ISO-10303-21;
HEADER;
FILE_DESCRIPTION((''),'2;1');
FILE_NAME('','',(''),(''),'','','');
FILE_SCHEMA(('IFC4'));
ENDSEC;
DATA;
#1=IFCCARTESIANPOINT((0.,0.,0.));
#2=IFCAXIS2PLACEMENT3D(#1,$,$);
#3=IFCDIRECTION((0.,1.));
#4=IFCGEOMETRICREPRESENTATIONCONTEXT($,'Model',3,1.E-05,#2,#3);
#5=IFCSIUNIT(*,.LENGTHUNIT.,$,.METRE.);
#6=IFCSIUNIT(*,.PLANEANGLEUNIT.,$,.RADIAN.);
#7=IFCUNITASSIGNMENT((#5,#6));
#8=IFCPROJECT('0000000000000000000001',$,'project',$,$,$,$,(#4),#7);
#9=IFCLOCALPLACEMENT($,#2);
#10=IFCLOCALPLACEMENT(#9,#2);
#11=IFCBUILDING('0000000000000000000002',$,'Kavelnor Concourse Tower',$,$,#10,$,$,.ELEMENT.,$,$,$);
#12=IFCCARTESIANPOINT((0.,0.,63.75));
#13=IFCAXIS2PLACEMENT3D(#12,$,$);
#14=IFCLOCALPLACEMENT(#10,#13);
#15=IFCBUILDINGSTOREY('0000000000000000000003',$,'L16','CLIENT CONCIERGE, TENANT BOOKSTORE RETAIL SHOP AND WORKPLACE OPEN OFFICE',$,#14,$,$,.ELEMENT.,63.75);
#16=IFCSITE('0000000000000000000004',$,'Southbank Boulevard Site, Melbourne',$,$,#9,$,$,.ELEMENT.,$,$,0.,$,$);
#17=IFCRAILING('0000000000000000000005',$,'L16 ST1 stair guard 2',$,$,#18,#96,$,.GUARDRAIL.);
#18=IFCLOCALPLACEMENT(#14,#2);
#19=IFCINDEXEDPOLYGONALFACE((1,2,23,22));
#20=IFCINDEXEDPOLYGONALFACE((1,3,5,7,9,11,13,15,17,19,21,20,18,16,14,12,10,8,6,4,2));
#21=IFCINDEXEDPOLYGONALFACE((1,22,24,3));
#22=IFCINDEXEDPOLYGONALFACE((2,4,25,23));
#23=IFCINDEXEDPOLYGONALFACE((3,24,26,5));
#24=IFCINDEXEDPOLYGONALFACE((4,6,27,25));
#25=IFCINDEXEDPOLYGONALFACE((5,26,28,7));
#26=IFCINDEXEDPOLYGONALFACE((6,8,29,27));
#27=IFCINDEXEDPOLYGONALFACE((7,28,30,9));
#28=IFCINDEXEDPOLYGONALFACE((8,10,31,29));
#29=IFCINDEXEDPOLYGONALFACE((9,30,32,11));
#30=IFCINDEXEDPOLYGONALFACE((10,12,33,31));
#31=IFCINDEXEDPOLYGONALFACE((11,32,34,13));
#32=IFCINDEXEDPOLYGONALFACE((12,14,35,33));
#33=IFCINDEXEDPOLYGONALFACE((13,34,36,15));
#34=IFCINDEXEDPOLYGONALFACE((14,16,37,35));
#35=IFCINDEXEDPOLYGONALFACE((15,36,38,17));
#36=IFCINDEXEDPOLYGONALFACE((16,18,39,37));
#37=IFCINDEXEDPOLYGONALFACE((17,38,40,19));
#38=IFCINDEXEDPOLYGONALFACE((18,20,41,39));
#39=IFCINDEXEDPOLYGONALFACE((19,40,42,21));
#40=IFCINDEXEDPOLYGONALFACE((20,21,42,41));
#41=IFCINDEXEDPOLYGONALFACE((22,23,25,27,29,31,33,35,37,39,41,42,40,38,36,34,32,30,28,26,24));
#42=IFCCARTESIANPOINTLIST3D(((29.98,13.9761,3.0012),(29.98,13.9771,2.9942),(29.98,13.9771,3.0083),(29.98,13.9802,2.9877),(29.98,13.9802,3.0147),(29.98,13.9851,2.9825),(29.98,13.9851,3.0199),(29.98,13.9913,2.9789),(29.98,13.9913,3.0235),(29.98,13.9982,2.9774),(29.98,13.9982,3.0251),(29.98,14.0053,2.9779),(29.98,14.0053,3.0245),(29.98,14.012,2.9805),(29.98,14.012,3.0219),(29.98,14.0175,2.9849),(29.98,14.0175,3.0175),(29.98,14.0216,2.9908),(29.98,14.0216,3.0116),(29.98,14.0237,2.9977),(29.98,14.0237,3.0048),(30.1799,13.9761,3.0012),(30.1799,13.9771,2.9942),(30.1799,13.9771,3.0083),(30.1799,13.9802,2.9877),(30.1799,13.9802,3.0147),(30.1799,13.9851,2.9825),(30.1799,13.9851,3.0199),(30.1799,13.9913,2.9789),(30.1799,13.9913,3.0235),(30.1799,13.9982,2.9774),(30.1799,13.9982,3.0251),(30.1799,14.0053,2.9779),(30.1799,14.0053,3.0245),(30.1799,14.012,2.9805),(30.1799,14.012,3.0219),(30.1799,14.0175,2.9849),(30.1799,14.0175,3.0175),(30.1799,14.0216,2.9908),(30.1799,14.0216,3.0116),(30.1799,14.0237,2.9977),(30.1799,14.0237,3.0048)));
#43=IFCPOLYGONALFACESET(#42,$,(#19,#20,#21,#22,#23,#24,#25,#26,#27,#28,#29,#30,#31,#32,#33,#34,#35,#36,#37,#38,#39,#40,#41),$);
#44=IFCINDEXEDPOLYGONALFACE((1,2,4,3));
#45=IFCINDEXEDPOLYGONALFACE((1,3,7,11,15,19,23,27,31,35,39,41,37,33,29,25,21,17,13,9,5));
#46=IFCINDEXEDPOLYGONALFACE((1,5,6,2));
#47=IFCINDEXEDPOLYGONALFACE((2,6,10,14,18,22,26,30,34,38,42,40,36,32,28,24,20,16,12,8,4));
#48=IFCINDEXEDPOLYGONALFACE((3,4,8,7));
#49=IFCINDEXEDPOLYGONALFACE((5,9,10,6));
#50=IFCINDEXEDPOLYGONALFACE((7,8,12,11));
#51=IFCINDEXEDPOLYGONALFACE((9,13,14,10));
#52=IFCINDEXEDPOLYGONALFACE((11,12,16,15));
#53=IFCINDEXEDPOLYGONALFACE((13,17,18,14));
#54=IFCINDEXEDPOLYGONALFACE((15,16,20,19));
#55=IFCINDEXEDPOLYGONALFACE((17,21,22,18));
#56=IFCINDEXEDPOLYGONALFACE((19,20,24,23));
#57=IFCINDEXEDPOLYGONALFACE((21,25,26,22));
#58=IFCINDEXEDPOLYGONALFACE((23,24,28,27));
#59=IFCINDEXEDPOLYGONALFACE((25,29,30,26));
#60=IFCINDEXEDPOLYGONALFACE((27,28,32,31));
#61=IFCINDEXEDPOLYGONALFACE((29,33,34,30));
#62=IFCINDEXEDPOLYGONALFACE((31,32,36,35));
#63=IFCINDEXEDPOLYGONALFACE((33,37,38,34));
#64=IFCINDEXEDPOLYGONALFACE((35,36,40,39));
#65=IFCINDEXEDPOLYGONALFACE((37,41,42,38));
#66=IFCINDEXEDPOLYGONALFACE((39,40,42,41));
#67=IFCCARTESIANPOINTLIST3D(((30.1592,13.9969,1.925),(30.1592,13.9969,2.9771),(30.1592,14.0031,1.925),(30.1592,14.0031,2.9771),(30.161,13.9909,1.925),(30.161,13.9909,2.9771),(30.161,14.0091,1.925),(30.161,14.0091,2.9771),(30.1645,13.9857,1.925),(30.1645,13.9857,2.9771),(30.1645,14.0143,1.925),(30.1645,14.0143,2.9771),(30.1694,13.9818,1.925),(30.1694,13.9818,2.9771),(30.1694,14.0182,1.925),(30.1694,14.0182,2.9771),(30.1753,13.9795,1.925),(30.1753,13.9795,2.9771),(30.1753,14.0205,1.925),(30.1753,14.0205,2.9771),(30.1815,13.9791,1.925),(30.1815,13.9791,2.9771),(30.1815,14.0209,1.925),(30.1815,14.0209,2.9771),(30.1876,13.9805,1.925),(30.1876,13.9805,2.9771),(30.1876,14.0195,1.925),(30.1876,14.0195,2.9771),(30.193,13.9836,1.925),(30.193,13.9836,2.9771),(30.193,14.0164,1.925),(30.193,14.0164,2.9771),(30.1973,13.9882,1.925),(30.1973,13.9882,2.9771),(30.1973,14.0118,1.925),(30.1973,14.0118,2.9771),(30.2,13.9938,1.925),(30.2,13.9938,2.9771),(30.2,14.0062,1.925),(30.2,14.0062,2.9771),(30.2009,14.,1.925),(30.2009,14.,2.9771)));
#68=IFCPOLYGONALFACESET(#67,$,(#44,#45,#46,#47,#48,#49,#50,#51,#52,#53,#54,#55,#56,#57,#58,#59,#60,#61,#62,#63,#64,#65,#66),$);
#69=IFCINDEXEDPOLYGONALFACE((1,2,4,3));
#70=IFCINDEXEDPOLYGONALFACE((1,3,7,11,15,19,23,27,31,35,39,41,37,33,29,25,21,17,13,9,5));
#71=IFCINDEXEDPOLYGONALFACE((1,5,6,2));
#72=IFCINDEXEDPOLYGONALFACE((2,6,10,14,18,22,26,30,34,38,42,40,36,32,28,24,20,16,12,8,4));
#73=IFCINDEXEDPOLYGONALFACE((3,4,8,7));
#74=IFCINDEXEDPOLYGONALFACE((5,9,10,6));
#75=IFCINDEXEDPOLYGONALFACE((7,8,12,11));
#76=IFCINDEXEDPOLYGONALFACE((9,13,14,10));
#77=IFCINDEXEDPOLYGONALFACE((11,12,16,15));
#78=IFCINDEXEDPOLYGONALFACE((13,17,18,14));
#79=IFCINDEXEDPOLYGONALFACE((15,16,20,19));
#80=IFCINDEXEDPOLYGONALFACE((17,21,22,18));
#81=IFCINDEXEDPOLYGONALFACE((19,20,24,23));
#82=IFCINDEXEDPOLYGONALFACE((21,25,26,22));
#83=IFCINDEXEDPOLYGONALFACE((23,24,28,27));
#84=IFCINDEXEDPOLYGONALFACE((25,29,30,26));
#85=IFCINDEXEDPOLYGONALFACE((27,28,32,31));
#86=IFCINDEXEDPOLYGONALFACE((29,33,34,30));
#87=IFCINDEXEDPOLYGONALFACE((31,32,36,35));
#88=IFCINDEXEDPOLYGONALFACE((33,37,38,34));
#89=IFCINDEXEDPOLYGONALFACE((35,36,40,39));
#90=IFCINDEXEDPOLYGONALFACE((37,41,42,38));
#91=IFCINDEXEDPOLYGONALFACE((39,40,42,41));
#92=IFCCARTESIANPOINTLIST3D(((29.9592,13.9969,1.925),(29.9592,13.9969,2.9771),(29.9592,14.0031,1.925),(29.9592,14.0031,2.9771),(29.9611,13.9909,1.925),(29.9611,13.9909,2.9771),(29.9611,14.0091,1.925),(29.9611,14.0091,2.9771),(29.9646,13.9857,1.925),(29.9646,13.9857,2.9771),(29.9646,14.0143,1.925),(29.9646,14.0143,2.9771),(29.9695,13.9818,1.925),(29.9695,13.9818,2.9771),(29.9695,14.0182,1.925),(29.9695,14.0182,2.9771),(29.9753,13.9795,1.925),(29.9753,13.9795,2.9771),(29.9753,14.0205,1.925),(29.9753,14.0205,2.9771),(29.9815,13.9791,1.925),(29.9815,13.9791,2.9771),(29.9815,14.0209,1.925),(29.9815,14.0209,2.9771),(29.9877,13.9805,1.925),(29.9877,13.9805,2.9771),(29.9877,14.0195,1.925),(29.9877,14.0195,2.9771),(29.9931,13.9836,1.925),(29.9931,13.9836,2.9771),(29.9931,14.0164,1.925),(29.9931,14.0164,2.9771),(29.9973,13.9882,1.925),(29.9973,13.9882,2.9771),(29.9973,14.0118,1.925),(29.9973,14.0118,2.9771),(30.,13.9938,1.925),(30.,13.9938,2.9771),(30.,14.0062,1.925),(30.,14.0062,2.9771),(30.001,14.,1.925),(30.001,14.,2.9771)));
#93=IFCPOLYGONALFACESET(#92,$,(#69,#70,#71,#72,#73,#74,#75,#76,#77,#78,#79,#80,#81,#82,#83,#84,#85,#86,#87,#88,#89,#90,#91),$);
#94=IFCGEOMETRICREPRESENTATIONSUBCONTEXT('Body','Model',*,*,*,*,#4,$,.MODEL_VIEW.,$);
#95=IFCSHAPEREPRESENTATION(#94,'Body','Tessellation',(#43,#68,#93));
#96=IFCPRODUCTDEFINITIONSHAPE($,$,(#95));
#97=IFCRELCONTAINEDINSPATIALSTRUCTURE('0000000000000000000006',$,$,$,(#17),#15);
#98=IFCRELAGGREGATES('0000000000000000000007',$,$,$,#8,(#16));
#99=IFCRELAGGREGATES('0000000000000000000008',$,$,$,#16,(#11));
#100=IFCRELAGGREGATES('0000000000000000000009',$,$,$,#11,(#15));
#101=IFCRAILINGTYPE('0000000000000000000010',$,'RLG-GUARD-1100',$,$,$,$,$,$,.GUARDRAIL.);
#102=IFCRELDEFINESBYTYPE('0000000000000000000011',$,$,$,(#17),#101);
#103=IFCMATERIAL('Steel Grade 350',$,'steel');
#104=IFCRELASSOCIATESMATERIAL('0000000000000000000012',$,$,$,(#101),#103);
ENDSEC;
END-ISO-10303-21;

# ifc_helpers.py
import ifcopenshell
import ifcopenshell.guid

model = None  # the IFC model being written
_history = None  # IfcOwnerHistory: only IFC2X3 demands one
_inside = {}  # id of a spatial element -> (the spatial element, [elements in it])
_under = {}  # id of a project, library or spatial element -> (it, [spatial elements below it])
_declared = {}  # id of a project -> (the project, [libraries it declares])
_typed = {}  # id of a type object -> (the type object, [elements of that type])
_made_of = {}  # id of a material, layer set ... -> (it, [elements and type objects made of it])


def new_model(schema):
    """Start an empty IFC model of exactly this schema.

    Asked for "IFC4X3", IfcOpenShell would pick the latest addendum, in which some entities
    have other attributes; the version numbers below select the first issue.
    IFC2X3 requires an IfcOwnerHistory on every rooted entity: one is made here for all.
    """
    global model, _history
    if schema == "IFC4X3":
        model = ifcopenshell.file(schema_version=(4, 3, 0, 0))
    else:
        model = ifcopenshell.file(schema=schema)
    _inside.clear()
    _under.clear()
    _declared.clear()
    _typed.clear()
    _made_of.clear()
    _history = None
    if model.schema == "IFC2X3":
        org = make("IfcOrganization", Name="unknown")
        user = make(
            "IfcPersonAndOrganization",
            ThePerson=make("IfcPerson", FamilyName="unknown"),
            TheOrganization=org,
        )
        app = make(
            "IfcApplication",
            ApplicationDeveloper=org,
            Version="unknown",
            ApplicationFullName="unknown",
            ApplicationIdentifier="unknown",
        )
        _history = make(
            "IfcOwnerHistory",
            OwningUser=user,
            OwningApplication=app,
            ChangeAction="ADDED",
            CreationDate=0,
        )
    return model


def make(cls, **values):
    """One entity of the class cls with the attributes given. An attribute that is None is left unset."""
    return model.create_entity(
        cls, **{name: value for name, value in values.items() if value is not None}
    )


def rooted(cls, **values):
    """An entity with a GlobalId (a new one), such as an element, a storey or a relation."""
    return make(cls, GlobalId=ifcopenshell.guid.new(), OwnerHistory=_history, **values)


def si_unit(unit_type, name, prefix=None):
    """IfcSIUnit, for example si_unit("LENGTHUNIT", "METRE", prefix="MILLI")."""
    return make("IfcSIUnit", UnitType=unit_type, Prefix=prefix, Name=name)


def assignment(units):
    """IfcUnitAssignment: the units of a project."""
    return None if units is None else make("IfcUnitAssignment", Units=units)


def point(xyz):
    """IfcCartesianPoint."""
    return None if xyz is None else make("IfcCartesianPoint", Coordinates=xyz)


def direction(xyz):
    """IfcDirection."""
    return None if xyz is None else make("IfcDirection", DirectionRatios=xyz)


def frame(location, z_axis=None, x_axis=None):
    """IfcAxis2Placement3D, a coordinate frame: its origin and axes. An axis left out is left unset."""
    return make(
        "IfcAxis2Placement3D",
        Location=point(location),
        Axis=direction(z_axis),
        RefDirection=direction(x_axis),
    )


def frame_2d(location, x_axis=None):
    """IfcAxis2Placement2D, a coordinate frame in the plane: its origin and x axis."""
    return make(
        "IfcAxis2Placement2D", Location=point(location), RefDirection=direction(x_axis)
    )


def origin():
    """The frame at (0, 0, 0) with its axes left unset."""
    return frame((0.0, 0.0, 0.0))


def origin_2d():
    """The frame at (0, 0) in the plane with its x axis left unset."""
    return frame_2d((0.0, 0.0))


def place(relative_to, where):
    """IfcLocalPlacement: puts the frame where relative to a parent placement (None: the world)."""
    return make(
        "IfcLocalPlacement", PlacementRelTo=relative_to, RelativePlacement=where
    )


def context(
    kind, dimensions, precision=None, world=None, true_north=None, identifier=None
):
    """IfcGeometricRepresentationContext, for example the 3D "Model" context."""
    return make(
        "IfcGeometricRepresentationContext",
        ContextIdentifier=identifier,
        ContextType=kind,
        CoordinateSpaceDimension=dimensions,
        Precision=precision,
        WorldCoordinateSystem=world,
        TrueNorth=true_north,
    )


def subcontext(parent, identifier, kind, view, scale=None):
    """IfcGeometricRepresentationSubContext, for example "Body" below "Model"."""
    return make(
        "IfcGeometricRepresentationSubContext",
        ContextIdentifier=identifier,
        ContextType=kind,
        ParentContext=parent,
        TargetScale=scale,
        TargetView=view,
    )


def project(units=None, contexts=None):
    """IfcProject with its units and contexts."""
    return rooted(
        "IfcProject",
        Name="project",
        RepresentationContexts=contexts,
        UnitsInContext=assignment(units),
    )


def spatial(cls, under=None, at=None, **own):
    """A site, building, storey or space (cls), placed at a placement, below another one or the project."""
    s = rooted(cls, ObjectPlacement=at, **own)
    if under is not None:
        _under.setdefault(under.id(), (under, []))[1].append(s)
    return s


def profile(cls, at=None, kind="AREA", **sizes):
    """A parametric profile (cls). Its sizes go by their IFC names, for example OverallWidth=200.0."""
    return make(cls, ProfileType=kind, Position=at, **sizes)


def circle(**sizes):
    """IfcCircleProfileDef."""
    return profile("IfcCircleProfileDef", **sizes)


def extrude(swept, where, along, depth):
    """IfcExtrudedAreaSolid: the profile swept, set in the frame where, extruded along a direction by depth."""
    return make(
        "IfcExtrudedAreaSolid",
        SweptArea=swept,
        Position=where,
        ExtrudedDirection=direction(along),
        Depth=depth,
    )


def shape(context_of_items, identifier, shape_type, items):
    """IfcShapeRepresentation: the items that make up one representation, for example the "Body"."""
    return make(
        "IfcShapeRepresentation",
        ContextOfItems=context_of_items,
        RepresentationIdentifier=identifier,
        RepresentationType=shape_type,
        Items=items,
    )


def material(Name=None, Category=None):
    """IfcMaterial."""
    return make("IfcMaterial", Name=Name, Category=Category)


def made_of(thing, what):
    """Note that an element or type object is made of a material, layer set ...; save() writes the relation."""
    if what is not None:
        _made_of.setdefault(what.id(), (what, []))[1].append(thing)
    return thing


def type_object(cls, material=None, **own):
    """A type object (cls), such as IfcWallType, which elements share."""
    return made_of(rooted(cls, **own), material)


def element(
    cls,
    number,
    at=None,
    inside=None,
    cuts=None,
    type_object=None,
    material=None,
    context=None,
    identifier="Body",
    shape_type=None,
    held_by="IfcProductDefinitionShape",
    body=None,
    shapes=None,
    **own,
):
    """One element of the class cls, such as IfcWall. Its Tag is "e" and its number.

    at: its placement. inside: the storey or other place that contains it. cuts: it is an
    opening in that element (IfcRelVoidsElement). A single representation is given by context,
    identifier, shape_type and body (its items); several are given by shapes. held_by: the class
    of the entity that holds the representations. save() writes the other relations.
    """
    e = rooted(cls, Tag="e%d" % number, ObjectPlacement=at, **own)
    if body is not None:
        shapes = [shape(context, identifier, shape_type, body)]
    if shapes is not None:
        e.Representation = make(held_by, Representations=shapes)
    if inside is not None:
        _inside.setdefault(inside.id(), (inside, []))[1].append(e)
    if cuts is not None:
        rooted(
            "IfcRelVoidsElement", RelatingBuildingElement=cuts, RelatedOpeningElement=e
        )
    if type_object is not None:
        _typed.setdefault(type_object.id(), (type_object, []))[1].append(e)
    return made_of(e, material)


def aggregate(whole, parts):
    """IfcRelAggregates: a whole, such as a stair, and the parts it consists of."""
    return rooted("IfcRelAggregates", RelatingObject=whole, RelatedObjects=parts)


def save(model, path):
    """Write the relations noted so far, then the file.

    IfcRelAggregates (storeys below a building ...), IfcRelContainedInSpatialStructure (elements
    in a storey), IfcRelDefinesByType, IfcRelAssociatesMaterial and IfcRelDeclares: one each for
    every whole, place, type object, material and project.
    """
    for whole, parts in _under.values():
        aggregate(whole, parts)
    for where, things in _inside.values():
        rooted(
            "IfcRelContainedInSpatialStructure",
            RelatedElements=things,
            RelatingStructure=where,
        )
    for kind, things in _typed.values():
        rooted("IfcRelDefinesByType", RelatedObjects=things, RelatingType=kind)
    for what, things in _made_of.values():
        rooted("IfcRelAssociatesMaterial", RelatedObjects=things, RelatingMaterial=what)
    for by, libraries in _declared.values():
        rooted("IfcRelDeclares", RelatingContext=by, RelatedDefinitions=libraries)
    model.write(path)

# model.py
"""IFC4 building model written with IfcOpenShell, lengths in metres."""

from ifc_helpers import new_model, si_unit, direction, frame, origin, origin_2d, place, context, subcontext, project, spatial, circle, extrude, material, type_object, element, save


model = new_model("IFC4")

# Units and contexts
model_context = context("Model", 3, precision=1e-05, world=origin(), true_north=direction((0.0, 1.0)))
body_context = subcontext(model_context, "Body", "Model", "MODEL_VIEW")
ifc_project = project(units=[si_unit("LENGTHUNIT", "METRE"), si_unit("PLANEANGLEUNIT", "RADIAN")], contexts=[model_context])

# Site, building, storey
site_placement = place(None, origin())
site = spatial("IfcSite", under=ifc_project, at=site_placement, Name="Southbank Boulevard Site, Melbourne", CompositionType="ELEMENT", RefElevation=0.0)
building_placement = place(site_placement, origin())
building = spatial("IfcBuilding", under=site, at=building_placement, Name="Kavelnor Concourse Tower", CompositionType="ELEMENT")
storey_placement = place(building_placement, frame((0.0, 0.0, 63.75)))
storey = spatial("IfcBuildingStorey", under=building, at=storey_placement, Name="L16", Description="CLIENT CONCIERGE, TENANT BOOKSTORE RETAIL SHOP AND WORKPLACE OPEN OFFICE", CompositionType="ELEMENT", Elevation=63.75)

# Shared definitions
ifc_material_1 = material(Name="Steel Grade 350", Category="steel")

# Railing
railing_type_1 = type_object("IfcRailingType", Name="RLG-GUARD-1100", PredefinedType="GUARDRAIL", material=ifc_material_1)
railing_1_placement = place(storey_placement, frame((30.1799, 14.0, 1.925)))
element("IfcRailing", 1, at=railing_1_placement, inside=storey, type_object=railing_type_1, Name="L16 ST1 stair guard 2", PredefinedType="GUARDRAIL", context=body_context, shape_type="SweptSolid", body=[
    extrude(circle(Radius=0.0239, at=origin_2d()), frame((0.0, 0.0, 1.0762), z_axis=(-1.0, 0.0, 0.0), x_axis=(0.0, -1.0, 0.0)), (0.0, 0.0, 1.0), 0.2),
    extrude(circle(Radius=0.021, at=origin_2d()), origin(), (0.0, 0.0, 1.0), 1.052),
    extrude(circle(Radius=0.021, at=origin_2d()), frame((-0.2, 0.0, 0.0)), (0.0, 0.0, 1.0), 1.052),
])

save(model, "model.ifc")
